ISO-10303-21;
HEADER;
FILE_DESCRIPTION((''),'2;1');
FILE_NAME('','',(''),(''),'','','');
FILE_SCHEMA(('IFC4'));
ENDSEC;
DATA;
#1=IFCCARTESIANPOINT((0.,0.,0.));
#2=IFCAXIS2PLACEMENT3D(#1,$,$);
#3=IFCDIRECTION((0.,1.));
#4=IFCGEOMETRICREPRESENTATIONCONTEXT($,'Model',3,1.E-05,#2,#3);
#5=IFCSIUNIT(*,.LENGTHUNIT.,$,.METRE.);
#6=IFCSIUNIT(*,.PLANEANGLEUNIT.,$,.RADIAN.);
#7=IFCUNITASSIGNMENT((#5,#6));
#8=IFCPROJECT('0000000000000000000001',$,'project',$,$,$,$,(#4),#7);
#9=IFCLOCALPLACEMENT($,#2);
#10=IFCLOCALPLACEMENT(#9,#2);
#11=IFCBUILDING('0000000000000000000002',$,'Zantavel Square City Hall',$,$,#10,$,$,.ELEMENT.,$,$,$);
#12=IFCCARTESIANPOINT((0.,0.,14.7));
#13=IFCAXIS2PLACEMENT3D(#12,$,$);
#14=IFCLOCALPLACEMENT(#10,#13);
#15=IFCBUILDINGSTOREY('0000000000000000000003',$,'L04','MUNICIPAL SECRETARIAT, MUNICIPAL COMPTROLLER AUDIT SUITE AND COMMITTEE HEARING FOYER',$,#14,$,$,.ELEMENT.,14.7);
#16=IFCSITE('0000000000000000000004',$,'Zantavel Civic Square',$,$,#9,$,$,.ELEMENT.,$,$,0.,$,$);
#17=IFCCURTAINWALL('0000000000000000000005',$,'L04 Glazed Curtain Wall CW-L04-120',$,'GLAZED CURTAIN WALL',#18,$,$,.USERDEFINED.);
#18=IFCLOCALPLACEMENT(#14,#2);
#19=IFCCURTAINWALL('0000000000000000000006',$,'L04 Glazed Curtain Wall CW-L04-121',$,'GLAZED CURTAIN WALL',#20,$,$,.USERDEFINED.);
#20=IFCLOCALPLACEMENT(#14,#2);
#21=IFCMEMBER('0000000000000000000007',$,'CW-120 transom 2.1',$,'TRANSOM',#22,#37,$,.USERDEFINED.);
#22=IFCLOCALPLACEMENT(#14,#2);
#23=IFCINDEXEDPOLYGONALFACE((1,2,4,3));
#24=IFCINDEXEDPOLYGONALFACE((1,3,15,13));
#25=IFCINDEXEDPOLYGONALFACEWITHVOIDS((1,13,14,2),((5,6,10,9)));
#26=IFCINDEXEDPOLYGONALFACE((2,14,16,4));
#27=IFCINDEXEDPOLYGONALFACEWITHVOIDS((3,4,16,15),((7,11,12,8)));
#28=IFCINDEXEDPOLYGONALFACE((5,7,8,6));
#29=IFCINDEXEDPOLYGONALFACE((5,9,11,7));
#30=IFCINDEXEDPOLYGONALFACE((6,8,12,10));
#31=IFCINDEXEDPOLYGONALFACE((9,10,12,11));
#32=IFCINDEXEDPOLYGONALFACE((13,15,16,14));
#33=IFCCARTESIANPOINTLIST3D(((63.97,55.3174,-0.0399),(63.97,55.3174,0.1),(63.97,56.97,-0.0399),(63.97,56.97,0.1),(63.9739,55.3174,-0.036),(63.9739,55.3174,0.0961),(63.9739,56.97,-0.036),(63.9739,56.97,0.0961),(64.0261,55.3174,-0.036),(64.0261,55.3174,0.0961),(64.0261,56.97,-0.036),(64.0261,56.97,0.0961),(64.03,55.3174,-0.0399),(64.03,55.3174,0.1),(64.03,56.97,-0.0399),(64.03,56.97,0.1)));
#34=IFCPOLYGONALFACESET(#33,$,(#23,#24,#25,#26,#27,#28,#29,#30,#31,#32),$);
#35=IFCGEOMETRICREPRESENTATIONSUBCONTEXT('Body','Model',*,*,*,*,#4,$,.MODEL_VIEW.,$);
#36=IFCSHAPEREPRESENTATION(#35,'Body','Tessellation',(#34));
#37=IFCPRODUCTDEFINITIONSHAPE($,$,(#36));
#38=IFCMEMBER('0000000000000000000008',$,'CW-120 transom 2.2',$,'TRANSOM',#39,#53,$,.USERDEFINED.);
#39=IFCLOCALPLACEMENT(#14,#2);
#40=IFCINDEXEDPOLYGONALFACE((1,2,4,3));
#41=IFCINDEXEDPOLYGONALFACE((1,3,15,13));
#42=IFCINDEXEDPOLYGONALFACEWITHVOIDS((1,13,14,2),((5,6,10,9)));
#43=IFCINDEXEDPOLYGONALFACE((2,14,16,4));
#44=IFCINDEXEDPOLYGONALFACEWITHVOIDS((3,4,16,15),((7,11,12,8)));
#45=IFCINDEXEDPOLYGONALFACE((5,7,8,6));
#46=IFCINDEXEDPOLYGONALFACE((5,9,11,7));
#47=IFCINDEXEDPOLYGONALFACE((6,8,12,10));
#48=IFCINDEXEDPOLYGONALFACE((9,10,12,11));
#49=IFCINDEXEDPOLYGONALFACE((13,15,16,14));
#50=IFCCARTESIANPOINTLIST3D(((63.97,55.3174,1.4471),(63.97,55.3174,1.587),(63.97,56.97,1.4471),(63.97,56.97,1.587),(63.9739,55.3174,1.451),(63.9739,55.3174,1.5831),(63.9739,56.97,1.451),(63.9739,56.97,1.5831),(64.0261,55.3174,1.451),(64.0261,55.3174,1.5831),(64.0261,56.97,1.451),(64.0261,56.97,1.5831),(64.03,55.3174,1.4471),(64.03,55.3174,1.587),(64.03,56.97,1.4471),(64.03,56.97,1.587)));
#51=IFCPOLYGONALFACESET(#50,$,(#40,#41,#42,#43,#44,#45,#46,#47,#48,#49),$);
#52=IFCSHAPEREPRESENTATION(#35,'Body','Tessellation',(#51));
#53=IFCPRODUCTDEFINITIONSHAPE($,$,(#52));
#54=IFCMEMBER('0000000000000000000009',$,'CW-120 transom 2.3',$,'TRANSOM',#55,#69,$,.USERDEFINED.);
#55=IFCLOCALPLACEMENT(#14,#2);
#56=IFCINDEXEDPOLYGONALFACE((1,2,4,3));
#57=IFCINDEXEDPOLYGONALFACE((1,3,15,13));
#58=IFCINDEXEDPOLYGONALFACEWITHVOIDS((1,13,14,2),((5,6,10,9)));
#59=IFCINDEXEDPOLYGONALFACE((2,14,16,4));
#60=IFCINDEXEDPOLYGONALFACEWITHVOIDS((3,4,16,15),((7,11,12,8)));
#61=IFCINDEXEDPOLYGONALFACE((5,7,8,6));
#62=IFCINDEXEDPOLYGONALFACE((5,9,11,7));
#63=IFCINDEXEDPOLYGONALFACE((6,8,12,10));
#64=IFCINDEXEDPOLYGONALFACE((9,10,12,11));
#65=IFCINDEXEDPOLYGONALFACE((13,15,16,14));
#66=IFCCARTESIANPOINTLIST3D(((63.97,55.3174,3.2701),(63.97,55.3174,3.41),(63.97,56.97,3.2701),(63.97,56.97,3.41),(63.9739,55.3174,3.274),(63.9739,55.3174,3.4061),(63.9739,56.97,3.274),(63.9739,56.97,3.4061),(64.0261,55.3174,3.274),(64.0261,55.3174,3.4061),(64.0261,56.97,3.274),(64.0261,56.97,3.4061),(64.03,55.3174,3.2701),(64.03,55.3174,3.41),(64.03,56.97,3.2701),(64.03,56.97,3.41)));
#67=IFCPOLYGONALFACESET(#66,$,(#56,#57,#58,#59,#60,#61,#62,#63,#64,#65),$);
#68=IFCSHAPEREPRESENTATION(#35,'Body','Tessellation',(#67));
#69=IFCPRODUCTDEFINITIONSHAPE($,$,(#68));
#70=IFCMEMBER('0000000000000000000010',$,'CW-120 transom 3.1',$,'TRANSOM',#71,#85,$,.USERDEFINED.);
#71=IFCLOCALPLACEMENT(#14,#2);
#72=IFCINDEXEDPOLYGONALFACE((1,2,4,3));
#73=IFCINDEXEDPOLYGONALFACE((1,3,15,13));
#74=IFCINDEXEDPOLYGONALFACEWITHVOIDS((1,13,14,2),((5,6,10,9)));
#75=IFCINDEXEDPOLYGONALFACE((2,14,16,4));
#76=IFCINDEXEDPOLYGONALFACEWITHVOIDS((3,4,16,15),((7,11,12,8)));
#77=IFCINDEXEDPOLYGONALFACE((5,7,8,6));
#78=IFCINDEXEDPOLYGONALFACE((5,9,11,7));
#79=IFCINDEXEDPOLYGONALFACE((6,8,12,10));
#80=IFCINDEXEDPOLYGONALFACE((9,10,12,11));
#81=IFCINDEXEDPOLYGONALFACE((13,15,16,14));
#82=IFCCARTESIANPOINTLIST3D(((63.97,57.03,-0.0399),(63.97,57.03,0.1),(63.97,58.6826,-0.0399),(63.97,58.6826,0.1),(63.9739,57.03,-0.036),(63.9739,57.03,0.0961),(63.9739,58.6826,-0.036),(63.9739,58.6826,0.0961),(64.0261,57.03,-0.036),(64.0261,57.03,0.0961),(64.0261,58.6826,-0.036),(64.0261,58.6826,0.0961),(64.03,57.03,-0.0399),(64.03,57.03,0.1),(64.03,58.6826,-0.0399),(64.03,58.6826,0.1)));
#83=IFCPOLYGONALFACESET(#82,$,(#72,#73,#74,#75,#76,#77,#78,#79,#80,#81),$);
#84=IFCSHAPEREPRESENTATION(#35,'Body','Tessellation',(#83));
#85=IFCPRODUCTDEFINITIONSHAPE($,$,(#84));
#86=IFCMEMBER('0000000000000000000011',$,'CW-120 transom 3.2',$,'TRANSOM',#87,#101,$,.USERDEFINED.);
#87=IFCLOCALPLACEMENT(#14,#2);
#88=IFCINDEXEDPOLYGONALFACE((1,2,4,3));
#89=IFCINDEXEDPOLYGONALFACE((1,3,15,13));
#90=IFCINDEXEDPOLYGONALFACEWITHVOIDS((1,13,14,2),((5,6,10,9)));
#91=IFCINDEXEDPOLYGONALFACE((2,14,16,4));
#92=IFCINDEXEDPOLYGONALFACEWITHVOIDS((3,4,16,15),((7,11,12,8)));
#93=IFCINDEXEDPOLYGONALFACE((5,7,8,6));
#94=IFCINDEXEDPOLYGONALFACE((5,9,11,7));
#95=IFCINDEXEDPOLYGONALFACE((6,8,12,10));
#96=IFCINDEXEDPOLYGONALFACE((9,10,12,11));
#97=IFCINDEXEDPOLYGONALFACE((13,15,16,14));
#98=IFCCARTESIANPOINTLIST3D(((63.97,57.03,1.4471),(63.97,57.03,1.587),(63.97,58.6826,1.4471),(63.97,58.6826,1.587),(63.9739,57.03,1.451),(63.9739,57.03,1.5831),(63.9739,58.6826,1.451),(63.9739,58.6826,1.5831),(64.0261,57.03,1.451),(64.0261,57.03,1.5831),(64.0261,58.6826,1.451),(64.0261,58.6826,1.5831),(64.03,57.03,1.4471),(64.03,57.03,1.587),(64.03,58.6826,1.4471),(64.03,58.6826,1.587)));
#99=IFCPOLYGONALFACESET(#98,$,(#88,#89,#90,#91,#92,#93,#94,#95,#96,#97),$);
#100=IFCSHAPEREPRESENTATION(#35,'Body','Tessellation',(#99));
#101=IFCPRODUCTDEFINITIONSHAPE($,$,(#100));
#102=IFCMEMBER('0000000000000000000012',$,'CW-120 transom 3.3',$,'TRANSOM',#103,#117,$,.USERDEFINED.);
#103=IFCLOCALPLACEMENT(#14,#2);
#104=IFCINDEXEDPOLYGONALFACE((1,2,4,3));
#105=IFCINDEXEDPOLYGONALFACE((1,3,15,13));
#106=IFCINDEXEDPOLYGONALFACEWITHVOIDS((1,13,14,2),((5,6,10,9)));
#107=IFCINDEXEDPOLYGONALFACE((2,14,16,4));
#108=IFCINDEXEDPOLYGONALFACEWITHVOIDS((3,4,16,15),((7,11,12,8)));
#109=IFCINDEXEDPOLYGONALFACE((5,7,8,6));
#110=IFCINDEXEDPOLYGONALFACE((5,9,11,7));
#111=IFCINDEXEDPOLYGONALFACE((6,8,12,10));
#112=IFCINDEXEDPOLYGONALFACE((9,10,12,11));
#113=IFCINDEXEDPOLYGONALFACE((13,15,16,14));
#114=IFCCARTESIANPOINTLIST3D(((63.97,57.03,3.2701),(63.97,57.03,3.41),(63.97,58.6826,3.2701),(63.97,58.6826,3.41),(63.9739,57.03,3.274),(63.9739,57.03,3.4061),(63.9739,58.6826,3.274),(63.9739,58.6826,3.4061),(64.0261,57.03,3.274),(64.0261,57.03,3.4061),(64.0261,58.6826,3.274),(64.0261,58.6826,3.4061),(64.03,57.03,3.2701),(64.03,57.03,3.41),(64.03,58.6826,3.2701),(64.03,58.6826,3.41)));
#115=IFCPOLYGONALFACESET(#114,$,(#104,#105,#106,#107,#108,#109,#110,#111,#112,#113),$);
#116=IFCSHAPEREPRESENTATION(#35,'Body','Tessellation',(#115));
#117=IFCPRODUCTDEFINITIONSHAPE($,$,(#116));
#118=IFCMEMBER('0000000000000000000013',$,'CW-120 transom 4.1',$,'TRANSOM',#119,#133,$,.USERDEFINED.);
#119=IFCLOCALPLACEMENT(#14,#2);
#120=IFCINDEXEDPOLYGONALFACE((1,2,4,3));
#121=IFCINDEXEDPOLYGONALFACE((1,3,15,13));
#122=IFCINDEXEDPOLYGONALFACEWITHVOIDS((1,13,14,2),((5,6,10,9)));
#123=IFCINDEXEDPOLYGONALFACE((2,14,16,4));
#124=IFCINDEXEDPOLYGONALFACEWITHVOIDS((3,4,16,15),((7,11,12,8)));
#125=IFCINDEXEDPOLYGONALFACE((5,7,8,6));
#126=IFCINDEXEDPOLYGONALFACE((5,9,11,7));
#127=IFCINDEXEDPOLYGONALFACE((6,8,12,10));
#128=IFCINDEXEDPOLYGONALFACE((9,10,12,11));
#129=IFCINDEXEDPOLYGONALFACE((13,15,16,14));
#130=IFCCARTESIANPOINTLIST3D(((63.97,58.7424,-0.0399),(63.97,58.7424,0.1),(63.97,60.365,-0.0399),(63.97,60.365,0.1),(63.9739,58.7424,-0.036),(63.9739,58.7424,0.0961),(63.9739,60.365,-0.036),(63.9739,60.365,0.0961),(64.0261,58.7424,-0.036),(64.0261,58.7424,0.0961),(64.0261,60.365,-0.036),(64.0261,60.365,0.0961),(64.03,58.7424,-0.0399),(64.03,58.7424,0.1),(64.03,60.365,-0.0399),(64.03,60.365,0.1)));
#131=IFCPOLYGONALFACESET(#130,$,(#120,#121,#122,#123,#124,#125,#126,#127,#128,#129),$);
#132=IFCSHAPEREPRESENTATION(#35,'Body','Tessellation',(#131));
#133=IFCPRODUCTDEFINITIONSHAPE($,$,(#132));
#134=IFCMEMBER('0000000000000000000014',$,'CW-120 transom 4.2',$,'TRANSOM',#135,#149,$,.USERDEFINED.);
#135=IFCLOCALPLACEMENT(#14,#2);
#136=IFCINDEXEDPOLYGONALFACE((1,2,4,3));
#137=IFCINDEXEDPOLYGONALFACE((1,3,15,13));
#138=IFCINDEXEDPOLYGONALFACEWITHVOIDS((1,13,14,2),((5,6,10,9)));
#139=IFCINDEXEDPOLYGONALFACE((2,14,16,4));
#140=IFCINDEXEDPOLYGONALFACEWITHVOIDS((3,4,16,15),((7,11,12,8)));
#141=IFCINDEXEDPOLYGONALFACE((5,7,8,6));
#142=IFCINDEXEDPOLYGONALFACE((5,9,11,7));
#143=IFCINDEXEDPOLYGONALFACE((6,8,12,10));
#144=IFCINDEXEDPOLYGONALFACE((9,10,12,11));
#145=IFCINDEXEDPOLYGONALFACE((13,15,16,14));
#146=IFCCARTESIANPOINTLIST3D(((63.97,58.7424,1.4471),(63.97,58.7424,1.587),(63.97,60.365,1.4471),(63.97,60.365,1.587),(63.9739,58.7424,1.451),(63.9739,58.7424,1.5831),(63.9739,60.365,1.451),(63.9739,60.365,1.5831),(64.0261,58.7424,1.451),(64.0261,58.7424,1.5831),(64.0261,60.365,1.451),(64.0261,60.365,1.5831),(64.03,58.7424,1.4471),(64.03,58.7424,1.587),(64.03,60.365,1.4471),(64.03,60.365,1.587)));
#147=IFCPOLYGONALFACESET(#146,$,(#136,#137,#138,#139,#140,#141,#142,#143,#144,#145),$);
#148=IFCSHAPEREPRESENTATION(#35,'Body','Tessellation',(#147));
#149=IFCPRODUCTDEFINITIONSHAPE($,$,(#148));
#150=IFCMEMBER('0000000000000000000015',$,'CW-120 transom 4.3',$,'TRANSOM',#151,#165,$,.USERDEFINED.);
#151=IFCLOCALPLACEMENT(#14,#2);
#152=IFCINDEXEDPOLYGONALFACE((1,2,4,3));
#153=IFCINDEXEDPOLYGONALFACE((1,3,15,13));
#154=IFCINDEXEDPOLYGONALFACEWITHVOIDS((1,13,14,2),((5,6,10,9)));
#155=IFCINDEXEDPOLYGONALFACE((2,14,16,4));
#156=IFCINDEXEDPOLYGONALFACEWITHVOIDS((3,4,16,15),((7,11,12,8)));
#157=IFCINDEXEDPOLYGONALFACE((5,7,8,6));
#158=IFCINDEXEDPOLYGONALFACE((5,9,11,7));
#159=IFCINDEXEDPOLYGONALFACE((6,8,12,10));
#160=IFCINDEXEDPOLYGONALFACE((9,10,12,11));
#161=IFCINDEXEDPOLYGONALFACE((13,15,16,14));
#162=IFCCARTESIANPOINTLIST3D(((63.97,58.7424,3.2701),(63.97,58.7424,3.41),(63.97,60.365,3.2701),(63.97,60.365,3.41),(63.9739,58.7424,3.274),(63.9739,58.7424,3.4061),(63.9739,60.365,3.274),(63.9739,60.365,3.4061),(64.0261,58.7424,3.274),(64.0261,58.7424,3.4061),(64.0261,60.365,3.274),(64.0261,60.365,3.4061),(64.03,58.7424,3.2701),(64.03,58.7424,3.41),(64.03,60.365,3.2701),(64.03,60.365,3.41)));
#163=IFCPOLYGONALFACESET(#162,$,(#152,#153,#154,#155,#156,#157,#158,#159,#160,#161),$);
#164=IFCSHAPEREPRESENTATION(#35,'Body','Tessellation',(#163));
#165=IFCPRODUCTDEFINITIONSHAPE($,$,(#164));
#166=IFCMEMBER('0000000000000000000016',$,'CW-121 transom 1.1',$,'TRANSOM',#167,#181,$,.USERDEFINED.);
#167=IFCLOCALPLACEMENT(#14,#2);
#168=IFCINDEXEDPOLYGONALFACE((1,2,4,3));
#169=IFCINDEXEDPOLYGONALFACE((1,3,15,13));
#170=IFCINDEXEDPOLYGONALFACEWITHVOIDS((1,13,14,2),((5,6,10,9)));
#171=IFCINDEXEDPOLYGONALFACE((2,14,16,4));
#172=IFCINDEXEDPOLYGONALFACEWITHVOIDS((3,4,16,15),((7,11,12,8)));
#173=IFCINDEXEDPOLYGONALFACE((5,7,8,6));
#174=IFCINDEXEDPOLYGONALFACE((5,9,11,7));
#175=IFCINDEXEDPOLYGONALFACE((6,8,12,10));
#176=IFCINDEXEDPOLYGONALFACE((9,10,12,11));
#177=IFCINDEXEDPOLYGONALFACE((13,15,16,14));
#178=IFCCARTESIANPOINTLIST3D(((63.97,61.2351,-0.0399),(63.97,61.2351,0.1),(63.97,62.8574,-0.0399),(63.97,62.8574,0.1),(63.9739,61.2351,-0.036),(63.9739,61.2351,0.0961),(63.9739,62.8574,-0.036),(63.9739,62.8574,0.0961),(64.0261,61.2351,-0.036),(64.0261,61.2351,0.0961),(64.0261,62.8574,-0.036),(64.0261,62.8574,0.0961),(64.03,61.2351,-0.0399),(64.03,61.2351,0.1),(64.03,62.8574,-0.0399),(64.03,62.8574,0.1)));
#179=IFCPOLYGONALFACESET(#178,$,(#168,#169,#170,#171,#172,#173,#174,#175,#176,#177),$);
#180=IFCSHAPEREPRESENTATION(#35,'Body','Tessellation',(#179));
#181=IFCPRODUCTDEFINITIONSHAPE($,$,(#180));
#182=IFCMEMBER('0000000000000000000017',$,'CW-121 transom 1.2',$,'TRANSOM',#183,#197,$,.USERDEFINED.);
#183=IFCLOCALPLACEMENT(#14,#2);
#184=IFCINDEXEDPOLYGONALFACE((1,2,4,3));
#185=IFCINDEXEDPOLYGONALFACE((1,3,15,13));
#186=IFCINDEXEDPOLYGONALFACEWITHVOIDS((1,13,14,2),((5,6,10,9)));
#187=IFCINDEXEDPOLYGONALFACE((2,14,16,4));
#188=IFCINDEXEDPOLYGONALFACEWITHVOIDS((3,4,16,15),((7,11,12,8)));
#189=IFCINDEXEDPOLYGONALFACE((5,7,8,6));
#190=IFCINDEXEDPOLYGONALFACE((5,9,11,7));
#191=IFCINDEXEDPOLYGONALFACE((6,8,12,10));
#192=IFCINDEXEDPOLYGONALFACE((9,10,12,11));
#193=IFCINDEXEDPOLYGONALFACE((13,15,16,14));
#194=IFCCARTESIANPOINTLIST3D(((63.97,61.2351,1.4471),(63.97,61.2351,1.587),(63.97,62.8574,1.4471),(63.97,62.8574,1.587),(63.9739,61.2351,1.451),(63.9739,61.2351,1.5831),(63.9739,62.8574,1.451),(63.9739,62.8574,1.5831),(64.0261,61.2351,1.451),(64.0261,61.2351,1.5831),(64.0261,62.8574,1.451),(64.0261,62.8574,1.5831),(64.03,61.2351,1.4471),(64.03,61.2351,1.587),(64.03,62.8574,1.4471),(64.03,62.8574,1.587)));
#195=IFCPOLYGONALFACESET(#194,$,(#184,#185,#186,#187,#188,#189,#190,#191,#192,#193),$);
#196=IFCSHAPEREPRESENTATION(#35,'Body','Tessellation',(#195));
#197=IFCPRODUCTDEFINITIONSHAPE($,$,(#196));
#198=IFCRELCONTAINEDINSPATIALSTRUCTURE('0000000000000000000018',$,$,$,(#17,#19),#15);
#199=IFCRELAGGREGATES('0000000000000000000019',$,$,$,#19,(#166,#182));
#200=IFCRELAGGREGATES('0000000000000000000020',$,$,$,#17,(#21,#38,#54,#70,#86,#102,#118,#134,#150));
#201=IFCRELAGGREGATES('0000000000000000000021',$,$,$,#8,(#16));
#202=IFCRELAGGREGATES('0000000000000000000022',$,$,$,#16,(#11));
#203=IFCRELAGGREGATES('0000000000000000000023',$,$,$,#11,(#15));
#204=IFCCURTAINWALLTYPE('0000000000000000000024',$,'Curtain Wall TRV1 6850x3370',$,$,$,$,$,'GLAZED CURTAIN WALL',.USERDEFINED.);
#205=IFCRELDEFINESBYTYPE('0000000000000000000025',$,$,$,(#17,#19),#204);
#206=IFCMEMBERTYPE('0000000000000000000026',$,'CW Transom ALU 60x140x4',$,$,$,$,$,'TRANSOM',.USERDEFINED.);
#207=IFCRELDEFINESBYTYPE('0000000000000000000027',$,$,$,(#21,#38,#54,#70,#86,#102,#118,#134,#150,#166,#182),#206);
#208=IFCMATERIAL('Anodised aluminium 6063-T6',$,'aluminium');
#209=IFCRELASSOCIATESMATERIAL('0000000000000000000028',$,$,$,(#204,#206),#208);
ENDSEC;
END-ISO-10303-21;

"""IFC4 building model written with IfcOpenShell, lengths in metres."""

from ifc_helpers import new_model, si_unit, direction, frame, origin, origin_2d, place, context, subcontext, project, spatial, hollow_rectangle, extrude, material, material_profile, profile_set, type_object, element, aggregate, save


model = new_model("IFC4")

# Units and contexts
model_context = context("Model", 3, precision=1e-05, world=origin(), true_north=direction((0.0, 1.0)))
body_context = subcontext(model_context, "Body", "Model", "MODEL_VIEW")
ifc_project = project(units=[si_unit("LENGTHUNIT", "METRE"), si_unit("PLANEANGLEUNIT", "RADIAN")], contexts=[model_context])

# Site, building, storey
site_placement = place(None, origin())
site = spatial("IfcSite", under=ifc_project, at=site_placement, Name="Zantavel Civic Square", CompositionType="ELEMENT", RefElevation=0.0)
building_placement = place(site_placement, origin())
building = spatial("IfcBuilding", under=site, at=building_placement, Name="Zantavel Square City Hall", CompositionType="ELEMENT")
storey_placement = place(building_placement, frame((0.0, 0.0, 14.7)))
storey = spatial("IfcBuildingStorey", under=building, at=storey_placement, Name="L04", Description="MUNICIPAL SECRETARIAT, MUNICIPAL COMPTROLLER AUDIT SUITE AND COMMITTEE HEARING FOYER", CompositionType="ELEMENT", Elevation=14.7)

# Curtain wall
ifc_material_1 = material(Name="Anodised aluminium 6063-T6", Category="aluminium")
curtain_wall_type = type_object("IfcCurtainWallType", Name="Curtain Wall TRV1 6850x3370", ElementType="GLAZED CURTAIN WALL", PredefinedType="USERDEFINED", material=ifc_material_1)
curtain_wall_1_placement = place(storey_placement, origin())
curtain_wall_1 = element("IfcCurtainWall", 1, at=curtain_wall_1_placement, inside=storey, type_object=curtain_wall_type, Name="L04 Glazed Curtain Wall CW-L04-120", ObjectType="GLAZED CURTAIN WALL", PredefinedType="USERDEFINED")

# Curtain wall
curtain_wall_2_placement = place(storey_placement, origin())
curtain_wall_2 = element("IfcCurtainWall", 2, at=curtain_wall_2_placement, inside=storey, type_object=curtain_wall_type, Name="L04 Glazed Curtain Wall CW-L04-121", ObjectType="GLAZED CURTAIN WALL", PredefinedType="USERDEFINED")

# Members
ifc_material_profile_1 = material_profile(ifc_material_1, hollow_rectangle(XDim=0.0601, YDim=0.1399, WallThickness=0.0039, at=origin_2d()), Name="ALU 60x140x4")
ifc_profile_set_1 = profile_set([ifc_material_profile_1], Name="Anodised aluminium 6063-T6")
member_type_1 = type_object("IfcMemberType", Name="CW Transom ALU 60x140x4", ElementType="TRANSOM", PredefinedType="USERDEFINED", material=ifc_profile_set_1)
member_1_placement = place(storey_placement, frame((64.0, 55.3174, 0.03), z_axis=(0.0, 1.0, 0.0), x_axis=(-1.0, 0.0, 0.0)))
member_1 = element("IfcMember", 3, at=member_1_placement, type_object=member_type_1, Name="CW-120 transom 2.1", ObjectType="TRANSOM", PredefinedType="USERDEFINED", context=body_context, shape_type="SweptSolid", body=[
    extrude(hollow_rectangle(XDim=0.0601, YDim=0.1399, WallThickness=0.0039, at=origin_2d()), origin(), (0.0, 0.0, 1.0), 1.6526),
])
member_2_placement = place(storey_placement, frame((64.0, 55.3174, 1.5171), z_axis=(0.0, 1.0, 0.0), x_axis=(-1.0, 0.0, 0.0)))
member_2 = element("IfcMember", 4, at=member_2_placement, type_object=member_type_1, Name="CW-120 transom 2.2", ObjectType="TRANSOM", PredefinedType="USERDEFINED", context=body_context, shape_type="SweptSolid", body=[
    extrude(hollow_rectangle(XDim=0.0601, YDim=0.1399, WallThickness=0.0039, at=origin_2d()), origin(), (0.0, 0.0, 1.0), 1.6526),
])
member_3_placement = place(storey_placement, frame((64.0, 55.3174, 3.3401), z_axis=(0.0, 1.0, 0.0), x_axis=(-1.0, 0.0, 0.0)))
member_3 = element("IfcMember", 5, at=member_3_placement, type_object=member_type_1, Name="CW-120 transom 2.3", ObjectType="TRANSOM", PredefinedType="USERDEFINED", context=body_context, shape_type="SweptSolid", body=[
    extrude(hollow_rectangle(XDim=0.0601, YDim=0.1399, WallThickness=0.0039, at=origin_2d()), origin(), (0.0, 0.0, 1.0), 1.6526),
])
member_4_placement = place(storey_placement, frame((64.0, 57.03, 0.03), z_axis=(0.0, 1.0, 0.0), x_axis=(-1.0, 0.0, 0.0)))
member_4 = element("IfcMember", 6, at=member_4_placement, type_object=member_type_1, Name="CW-120 transom 3.1", ObjectType="TRANSOM", PredefinedType="USERDEFINED", context=body_context, shape_type="SweptSolid", body=[
    extrude(hollow_rectangle(XDim=0.0601, YDim=0.1399, WallThickness=0.0039, at=origin_2d()), origin(), (0.0, 0.0, 1.0), 1.6526),
])
member_5_placement = place(storey_placement, frame((64.0, 57.03, 1.5171), z_axis=(0.0, 1.0, 0.0), x_axis=(-1.0, 0.0, 0.0)))
member_5 = element("IfcMember", 7, at=member_5_placement, type_object=member_type_1, Name="CW-120 transom 3.2", ObjectType="TRANSOM", PredefinedType="USERDEFINED", context=body_context, shape_type="SweptSolid", body=[
    extrude(hollow_rectangle(XDim=0.0601, YDim=0.1399, WallThickness=0.0039, at=origin_2d()), origin(), (0.0, 0.0, 1.0), 1.6526),
])
member_6_placement = place(storey_placement, frame((64.0, 57.03, 3.3401), z_axis=(0.0, 1.0, 0.0), x_axis=(-1.0, 0.0, 0.0)))
member_6 = element("IfcMember", 8, at=member_6_placement, type_object=member_type_1, Name="CW-120 transom 3.3", ObjectType="TRANSOM", PredefinedType="USERDEFINED", context=body_context, shape_type="SweptSolid", body=[
    extrude(hollow_rectangle(XDim=0.0601, YDim=0.1399, WallThickness=0.0039, at=origin_2d()), origin(), (0.0, 0.0, 1.0), 1.6526),
])
member_7_placement = place(storey_placement, frame((64.0, 58.7424, 0.03), z_axis=(0.0, 1.0, 0.0), x_axis=(-1.0, 0.0, 0.0)))
member_7 = element("IfcMember", 9, at=member_7_placement, type_object=member_type_1, Name="CW-120 transom 4.1", ObjectType="TRANSOM", PredefinedType="USERDEFINED", context=body_context, shape_type="SweptSolid", body=[
    extrude(hollow_rectangle(XDim=0.0601, YDim=0.1399, WallThickness=0.0039, at=origin_2d()), origin(), (0.0, 0.0, 1.0), 1.6226),
])
member_8_placement = place(storey_placement, frame((64.0, 58.7424, 1.5171), z_axis=(0.0, 1.0, 0.0), x_axis=(-1.0, 0.0, 0.0)))
member_8 = element("IfcMember", 10, at=member_8_placement, type_object=member_type_1, Name="CW-120 transom 4.2", ObjectType="TRANSOM", PredefinedType="USERDEFINED", context=body_context, shape_type="SweptSolid", body=[
    extrude(hollow_rectangle(XDim=0.0601, YDim=0.1399, WallThickness=0.0039, at=origin_2d()), origin(), (0.0, 0.0, 1.0), 1.6226),
])
member_9_placement = place(storey_placement, frame((64.0, 58.7424, 3.3401), z_axis=(0.0, 1.0, 0.0), x_axis=(-1.0, 0.0, 0.0)))
member_9 = element("IfcMember", 11, at=member_9_placement, type_object=member_type_1, Name="CW-120 transom 4.3", ObjectType="TRANSOM", PredefinedType="USERDEFINED", context=body_context, shape_type="SweptSolid", body=[
    extrude(hollow_rectangle(XDim=0.0601, YDim=0.1399, WallThickness=0.0039, at=origin_2d()), origin(), (0.0, 0.0, 1.0), 1.6226),
])
member_10_placement = place(storey_placement, frame((64.0, 61.2351, 0.03), z_axis=(0.0, 1.0, 0.0), x_axis=(-1.0, 0.0, 0.0)))
member_10 = element("IfcMember", 12, at=member_10_placement, type_object=member_type_1, Name="CW-121 transom 1.1", ObjectType="TRANSOM", PredefinedType="USERDEFINED", context=body_context, shape_type="SweptSolid", body=[
    extrude(hollow_rectangle(XDim=0.0601, YDim=0.1399, WallThickness=0.0039, at=origin_2d()), origin(), (0.0, 0.0, 1.0), 1.6223),
])
member_11_placement = place(storey_placement, frame((64.0, 61.2351, 1.5171), z_axis=(0.0, 1.0, 0.0), x_axis=(-1.0, 0.0, 0.0)))
member_11 = element("IfcMember", 13, at=member_11_placement, type_object=member_type_1, Name="CW-121 transom 1.2", ObjectType="TRANSOM", PredefinedType="USERDEFINED", context=body_context, shape_type="SweptSolid", body=[
    extrude(hollow_rectangle(XDim=0.0601, YDim=0.1399, WallThickness=0.0039, at=origin_2d()), origin(), (0.0, 0.0, 1.0), 1.6223),
])
aggregate(curtain_wall_2, [member_10, member_11])

aggregate(curtain_wall_1, [member_1, member_2, member_3, member_4, member_5, member_6, member_7, member_8, member_9])

save(model, "model.ifc")
